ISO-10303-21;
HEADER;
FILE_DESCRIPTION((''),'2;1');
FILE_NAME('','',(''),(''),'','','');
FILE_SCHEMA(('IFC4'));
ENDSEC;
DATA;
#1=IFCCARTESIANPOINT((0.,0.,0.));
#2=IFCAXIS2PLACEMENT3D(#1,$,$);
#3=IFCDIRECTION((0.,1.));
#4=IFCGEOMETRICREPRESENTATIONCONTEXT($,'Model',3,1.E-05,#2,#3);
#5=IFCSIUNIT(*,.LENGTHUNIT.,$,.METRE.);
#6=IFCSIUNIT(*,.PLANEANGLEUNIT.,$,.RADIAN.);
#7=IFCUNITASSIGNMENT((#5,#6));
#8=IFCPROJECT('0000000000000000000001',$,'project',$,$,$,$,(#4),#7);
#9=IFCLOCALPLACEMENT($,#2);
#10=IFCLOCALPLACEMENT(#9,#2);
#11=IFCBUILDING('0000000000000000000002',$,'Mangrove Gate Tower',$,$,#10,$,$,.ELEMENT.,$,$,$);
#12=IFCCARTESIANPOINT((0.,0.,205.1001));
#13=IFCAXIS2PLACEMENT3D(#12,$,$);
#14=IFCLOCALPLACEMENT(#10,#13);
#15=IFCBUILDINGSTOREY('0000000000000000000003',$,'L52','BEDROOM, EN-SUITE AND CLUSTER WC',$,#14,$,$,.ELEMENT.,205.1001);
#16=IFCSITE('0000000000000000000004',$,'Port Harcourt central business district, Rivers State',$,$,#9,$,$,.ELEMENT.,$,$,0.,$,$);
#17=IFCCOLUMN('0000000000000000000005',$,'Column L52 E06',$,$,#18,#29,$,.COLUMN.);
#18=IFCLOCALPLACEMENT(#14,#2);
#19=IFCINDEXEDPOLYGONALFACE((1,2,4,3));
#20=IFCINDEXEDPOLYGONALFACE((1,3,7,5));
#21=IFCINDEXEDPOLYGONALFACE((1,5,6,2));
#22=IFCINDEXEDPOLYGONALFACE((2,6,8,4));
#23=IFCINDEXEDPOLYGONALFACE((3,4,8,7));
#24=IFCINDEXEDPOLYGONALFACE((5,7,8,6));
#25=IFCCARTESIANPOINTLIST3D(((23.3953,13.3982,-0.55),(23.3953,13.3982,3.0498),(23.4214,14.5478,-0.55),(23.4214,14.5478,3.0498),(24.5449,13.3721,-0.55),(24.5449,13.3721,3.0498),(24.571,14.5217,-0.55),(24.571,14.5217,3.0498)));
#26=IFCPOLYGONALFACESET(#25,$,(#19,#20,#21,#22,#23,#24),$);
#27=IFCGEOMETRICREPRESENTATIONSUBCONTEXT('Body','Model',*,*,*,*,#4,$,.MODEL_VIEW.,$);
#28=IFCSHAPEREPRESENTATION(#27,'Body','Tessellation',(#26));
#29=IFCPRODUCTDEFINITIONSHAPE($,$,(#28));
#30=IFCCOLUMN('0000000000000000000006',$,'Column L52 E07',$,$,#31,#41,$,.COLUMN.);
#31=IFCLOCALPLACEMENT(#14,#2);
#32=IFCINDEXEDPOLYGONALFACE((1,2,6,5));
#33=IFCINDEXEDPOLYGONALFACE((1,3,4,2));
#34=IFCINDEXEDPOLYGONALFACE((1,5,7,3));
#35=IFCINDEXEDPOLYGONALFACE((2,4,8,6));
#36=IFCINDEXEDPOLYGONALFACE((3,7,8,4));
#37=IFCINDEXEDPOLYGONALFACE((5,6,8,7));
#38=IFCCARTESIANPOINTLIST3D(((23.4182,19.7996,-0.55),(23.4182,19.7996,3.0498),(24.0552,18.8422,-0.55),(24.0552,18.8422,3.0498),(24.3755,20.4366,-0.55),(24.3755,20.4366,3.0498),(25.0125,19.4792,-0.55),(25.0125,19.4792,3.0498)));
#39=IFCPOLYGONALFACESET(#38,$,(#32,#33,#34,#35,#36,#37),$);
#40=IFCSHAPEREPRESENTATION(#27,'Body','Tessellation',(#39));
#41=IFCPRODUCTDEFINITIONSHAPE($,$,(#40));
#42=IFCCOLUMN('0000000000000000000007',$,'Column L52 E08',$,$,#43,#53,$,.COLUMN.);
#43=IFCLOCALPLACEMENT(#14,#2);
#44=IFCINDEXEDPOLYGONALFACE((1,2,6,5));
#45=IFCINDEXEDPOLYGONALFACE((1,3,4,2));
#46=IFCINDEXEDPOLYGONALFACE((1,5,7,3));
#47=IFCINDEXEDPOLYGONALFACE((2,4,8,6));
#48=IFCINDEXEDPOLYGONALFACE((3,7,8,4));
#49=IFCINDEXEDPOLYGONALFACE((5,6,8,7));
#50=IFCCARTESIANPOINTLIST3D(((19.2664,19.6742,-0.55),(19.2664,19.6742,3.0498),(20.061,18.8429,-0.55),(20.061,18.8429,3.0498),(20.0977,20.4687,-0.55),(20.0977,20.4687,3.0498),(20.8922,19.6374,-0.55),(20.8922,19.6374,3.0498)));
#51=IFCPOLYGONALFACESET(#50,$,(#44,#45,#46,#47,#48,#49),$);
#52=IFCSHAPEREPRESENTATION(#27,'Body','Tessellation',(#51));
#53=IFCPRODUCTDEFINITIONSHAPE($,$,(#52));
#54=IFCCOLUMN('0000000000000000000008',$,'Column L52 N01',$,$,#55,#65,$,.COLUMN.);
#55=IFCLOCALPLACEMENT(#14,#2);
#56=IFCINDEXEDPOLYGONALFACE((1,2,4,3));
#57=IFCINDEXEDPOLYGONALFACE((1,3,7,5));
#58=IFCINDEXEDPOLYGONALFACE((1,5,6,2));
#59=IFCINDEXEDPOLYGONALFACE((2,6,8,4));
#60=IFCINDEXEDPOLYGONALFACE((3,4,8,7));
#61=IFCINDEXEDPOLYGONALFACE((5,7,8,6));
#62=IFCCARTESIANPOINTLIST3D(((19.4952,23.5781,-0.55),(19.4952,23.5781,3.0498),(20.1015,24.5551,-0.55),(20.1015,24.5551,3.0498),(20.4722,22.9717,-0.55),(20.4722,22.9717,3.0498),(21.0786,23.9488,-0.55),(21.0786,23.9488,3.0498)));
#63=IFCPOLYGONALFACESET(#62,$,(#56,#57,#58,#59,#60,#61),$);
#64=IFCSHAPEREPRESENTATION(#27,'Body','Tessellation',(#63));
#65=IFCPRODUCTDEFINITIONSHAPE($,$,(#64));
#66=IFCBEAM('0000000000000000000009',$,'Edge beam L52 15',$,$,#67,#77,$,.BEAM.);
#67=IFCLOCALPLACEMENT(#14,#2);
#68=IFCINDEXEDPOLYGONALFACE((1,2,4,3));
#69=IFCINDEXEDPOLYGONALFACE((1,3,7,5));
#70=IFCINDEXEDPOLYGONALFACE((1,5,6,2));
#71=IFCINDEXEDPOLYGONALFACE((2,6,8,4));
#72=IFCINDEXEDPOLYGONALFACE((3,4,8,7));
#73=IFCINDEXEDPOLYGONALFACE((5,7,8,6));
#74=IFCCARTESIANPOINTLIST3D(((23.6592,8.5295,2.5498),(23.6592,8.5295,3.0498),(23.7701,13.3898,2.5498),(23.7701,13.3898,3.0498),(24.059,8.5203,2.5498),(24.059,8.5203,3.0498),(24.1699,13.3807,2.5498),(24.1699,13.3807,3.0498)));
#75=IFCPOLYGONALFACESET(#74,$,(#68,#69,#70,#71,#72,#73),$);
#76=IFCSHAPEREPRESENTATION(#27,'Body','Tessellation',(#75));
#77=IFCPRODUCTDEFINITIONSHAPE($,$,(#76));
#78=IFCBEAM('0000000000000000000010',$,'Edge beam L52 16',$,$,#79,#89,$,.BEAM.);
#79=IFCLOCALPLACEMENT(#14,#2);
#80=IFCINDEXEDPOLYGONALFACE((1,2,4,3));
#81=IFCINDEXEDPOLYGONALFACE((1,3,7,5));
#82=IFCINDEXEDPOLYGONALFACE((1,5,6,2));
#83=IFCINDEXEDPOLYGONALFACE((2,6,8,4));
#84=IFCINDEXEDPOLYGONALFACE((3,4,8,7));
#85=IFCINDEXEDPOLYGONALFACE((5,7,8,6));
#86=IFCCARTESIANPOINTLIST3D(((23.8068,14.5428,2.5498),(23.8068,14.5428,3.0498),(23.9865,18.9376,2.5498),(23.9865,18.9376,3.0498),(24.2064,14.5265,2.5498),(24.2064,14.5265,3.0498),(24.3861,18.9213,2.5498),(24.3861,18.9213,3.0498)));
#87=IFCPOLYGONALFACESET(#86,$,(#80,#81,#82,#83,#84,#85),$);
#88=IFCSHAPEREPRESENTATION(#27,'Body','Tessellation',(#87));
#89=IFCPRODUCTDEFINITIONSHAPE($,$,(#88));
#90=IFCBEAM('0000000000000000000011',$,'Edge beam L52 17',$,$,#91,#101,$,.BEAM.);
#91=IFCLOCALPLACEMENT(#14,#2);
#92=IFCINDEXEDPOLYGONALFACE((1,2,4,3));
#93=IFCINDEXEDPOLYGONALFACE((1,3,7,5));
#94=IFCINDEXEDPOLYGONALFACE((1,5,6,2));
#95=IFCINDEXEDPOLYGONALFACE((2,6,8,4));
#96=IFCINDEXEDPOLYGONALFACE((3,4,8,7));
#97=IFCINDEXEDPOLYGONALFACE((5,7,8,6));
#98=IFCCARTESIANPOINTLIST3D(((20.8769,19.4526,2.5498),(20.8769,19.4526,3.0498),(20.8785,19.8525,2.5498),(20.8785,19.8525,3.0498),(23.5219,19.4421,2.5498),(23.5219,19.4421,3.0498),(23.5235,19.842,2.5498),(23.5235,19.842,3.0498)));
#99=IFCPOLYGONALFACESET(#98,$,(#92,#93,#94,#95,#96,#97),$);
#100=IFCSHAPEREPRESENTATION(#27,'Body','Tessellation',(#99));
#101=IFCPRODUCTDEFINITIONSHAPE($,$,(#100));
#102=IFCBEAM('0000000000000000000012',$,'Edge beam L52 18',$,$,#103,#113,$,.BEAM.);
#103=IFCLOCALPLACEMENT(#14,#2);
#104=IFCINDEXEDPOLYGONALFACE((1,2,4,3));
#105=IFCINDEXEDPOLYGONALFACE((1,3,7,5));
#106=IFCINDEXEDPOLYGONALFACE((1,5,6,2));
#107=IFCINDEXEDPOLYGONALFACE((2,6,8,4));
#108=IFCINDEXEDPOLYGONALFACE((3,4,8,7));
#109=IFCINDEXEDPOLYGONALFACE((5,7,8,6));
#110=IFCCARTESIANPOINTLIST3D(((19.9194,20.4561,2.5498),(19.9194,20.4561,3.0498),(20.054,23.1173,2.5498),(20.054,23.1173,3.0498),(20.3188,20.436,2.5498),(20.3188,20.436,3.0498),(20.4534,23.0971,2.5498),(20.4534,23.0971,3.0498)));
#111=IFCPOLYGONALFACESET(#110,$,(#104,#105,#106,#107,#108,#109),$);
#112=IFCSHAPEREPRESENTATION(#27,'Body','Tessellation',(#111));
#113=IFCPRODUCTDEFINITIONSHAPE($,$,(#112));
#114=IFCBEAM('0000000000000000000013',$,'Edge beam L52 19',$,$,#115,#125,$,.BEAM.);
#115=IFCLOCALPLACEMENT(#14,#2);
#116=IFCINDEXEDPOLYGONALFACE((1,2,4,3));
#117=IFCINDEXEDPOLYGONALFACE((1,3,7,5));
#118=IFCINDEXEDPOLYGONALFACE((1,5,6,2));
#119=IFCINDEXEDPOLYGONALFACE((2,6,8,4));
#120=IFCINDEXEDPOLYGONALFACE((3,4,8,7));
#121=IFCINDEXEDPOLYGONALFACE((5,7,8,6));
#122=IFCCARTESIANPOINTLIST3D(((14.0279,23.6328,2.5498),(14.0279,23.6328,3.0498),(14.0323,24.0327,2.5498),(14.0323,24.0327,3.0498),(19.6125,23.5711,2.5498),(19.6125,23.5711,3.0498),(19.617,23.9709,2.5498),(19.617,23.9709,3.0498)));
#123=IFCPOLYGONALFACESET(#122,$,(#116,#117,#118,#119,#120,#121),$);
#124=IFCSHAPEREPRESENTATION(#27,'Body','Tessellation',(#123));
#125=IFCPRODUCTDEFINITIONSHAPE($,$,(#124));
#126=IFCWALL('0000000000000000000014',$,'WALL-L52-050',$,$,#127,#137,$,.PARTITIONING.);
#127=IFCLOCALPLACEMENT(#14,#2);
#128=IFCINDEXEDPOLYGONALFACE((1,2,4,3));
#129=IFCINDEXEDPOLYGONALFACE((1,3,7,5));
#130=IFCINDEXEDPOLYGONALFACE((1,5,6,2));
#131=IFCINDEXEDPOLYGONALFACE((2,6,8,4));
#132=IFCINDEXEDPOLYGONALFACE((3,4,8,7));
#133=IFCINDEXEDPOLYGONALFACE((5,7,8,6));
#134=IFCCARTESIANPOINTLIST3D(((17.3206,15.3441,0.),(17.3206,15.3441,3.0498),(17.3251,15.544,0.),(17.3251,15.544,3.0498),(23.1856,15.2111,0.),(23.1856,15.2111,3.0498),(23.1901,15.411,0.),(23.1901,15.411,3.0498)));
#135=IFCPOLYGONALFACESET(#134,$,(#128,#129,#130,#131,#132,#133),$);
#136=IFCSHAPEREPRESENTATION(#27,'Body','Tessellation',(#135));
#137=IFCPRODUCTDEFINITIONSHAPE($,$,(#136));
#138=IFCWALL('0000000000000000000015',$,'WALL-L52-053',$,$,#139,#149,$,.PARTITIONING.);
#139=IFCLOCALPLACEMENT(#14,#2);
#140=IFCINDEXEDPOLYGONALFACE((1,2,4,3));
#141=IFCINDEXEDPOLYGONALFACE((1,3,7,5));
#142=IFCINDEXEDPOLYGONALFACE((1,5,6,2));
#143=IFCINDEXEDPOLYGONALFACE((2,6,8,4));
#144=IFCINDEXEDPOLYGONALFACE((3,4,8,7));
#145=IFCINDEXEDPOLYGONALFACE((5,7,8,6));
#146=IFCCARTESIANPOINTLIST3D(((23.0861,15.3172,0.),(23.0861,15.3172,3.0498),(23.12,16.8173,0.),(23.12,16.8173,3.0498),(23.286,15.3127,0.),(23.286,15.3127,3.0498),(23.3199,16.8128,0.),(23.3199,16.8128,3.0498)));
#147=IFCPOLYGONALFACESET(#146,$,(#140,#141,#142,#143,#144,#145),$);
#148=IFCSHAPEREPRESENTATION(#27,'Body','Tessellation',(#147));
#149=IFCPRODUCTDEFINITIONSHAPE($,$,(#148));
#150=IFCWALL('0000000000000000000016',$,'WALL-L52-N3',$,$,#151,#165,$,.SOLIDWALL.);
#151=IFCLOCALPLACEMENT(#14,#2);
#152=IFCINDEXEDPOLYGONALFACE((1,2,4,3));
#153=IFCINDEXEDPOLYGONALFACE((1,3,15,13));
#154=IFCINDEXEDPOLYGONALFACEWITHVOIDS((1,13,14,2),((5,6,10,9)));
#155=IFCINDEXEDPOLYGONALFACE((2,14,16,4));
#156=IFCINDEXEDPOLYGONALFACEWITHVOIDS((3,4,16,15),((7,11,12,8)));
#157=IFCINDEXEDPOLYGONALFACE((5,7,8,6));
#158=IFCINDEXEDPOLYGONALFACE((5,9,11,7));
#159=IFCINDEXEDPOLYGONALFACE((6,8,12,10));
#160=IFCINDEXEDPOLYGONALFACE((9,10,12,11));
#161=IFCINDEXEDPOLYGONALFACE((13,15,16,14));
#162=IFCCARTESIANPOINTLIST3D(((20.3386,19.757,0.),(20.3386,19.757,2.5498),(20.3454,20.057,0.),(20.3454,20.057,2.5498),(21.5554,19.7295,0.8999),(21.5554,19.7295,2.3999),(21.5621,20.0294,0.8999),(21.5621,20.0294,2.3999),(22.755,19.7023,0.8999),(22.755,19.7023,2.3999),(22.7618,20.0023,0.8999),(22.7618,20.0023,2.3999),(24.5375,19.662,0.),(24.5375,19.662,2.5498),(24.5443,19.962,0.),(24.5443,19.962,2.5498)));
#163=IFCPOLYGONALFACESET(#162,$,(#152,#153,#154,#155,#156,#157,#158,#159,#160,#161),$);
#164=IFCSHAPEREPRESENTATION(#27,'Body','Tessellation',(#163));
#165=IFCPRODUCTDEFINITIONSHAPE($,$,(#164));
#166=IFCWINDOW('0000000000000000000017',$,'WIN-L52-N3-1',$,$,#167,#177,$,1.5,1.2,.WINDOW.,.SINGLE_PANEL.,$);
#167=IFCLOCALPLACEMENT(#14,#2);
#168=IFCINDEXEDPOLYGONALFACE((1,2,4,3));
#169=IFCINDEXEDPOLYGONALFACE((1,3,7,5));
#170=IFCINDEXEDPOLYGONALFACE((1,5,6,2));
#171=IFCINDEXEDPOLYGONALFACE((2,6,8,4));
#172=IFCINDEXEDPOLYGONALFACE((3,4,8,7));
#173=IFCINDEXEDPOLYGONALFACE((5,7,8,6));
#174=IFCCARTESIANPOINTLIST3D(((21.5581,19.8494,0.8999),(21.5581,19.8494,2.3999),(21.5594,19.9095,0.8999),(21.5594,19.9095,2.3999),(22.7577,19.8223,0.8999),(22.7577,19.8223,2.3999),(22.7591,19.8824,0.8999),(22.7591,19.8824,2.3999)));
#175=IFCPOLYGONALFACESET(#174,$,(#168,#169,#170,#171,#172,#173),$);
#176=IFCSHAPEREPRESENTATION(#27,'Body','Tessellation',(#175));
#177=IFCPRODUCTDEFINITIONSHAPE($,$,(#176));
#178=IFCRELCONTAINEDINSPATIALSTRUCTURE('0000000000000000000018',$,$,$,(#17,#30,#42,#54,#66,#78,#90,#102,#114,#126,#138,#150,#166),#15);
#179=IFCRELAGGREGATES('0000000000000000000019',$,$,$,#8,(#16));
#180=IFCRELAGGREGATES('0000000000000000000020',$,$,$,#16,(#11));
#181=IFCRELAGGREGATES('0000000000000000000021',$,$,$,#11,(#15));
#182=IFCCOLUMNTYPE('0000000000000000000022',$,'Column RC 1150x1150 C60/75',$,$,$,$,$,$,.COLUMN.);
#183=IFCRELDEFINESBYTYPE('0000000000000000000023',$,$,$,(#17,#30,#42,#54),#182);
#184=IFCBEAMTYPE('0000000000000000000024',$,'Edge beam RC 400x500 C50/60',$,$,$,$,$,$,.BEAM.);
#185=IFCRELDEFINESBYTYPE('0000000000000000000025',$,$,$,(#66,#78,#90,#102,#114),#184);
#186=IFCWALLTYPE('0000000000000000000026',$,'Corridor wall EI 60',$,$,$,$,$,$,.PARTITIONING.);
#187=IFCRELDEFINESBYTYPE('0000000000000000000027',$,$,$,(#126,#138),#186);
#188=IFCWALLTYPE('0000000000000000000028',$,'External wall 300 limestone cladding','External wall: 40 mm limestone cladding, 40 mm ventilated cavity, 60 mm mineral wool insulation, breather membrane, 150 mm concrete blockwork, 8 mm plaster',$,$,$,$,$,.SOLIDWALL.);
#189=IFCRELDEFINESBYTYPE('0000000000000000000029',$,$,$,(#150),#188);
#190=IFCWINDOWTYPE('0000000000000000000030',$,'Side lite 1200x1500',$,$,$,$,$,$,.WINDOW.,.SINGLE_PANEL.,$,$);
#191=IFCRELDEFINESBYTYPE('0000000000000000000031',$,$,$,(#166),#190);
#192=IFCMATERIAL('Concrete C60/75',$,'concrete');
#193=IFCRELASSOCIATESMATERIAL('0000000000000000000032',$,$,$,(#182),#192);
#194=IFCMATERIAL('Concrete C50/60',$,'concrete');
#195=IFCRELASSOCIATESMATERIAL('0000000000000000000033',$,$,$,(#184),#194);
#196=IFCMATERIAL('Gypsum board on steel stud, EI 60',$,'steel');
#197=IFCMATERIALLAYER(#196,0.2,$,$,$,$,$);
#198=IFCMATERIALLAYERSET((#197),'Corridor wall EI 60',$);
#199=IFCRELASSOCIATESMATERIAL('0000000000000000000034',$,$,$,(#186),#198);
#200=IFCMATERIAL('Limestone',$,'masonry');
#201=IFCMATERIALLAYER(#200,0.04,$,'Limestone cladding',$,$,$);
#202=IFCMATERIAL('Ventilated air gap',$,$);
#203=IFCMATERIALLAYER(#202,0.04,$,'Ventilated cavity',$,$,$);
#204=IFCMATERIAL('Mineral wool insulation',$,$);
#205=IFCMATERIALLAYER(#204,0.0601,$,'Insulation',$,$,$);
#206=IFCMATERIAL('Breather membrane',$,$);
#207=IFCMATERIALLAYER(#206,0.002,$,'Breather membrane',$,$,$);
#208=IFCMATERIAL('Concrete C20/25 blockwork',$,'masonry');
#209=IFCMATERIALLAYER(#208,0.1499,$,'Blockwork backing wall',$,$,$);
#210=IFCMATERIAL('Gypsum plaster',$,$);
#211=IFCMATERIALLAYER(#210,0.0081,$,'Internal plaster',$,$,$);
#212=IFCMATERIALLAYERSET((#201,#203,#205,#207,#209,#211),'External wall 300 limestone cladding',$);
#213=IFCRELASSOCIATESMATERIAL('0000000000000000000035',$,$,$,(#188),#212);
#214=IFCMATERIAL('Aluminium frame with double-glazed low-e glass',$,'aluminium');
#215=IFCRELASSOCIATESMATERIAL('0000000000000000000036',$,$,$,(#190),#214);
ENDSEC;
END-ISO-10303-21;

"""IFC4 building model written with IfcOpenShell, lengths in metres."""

from ifc_helpers import new_model, si_unit, direction, frame, frame_2d, origin, origin_2d, place, context, subcontext, project, spatial, rectangle, extrude, material, layer, layer_set, material_profile, profile_set, type_object, element, fill, save


model = new_model("IFC4")

# Units and contexts
model_context = context("Model", 3, precision=1e-05, world=origin(), true_north=direction((0.0, 1.0)))
body_context = subcontext(model_context, "Body", "Model", "MODEL_VIEW")
ifc_project = project(units=[si_unit("LENGTHUNIT", "METRE"), si_unit("PLANEANGLEUNIT", "RADIAN")], contexts=[model_context])

# Site, building, storey
site_placement = place(None, origin())
site = spatial("IfcSite", under=ifc_project, at=site_placement, Name="Port Harcourt central business district, Rivers State", CompositionType="ELEMENT", RefElevation=0.0)
building_placement = place(site_placement, origin())
building = spatial("IfcBuilding", under=site, at=building_placement, Name="Mangrove Gate Tower", CompositionType="ELEMENT")
storey_placement = place(building_placement, frame((0.0, 0.0, 205.1001)))
storey = spatial("IfcBuildingStorey", under=building, at=storey_placement, Name="L52", Description="BEDROOM, EN-SUITE AND CLUSTER WC", CompositionType="ELEMENT", Elevation=205.1001)

# Columns
ifc_material_1 = material(Name="Concrete C60/75", Category="concrete")
ifc_material_profile_1 = material_profile(ifc_material_1, rectangle(XDim=1.1499, YDim=1.1499, at=origin_2d()))
ifc_profile_set_1 = profile_set([ifc_material_profile_1], Name="Concrete C60/75")
column_type = type_object("IfcColumnType", Name="Column RC 1150x1150 C60/75", PredefinedType="COLUMN", material=ifc_profile_set_1)
for number, where, z_axis, x_axis, name in (
    (1, (23.9832, 13.96, -0.55), (0.0, 0.0, 1.0), (0.022704, 0.999742, 0.0), "Column L52 E06"),
    (2, (24.2153, 19.6394, -0.55), (0.0, 0.0, 1.0), (-0.553976, 0.832532, 0.0), "Column L52 E07"),
    (3, (20.0793, 19.6558, -0.55), (0.0, 0.0, 1.0), (-0.690932, 0.72292, 0.0), "Column L52 E08"),
    (4, (20.2869, 23.7634, -0.55), (0.0, 0.0, 1.0), (-0.849672, 0.527312, 0.0), "Column L52 N01"),
):
    element("IfcColumn", number, at=place(storey_placement, frame(where, z_axis=z_axis, x_axis=x_axis)), inside=storey, type_object=column_type, Name=name, PredefinedType="COLUMN", context=body_context, shape_type="SweptSolid", body=[
        extrude(rectangle(XDim=1.1499, YDim=1.1499, at=origin_2d()), origin(), (0.0, 0.0, 1.0), 3.5999),
    ])

# Beams
ifc_material_2 = material(Name="Concrete C50/60", Category="concrete")
ifc_material_profile_2 = material_profile(ifc_material_2, rectangle(XDim=0.3999, YDim=0.5, at=origin_2d()))
ifc_profile_set_2 = profile_set([ifc_material_profile_2], Name="Concrete C50/60")
beam_type = type_object("IfcBeamType", Name="Edge beam RC 400x500 C50/60", PredefinedType="BEAM", material=ifc_profile_set_2)
beam_1_placement = place(storey_placement, frame((23.8591, 8.5249, 2.7998), z_axis=(0.022799, 0.99974, 0.0), x_axis=(-0.99974, 0.022799, 0.0)))
element("IfcBeam", 5, at=beam_1_placement, inside=storey, type_object=beam_type, Name="Edge beam L52 15", PredefinedType="BEAM", context=body_context, shape_type="SweptSolid", body=[
    extrude(rectangle(XDim=0.3999, YDim=0.5, at=origin_2d()), origin(), (0.0, 0.0, 1.0), 4.8616),
])
beam_2_placement = place(storey_placement, frame((24.0066, 14.5347, 2.7998), z_axis=(0.040852, 0.999165, 0.0), x_axis=(-0.999165, 0.040852, 0.0)))
element("IfcBeam", 6, at=beam_2_placement, inside=storey, type_object=beam_type, Name="Edge beam L52 16", PredefinedType="BEAM", context=body_context, shape_type="SweptSolid", body=[
    extrude(rectangle(XDim=0.3999, YDim=0.5, at=origin_2d()), origin(), (0.0, 0.0, 1.0), 4.3984),
])
beam_3_placement = place(storey_placement, frame((23.5227, 19.6421, 2.7998), z_axis=(-0.999992, 0.003969, 0.0), x_axis=(-0.003969, -0.999992, 0.0)))
element("IfcBeam", 7, at=beam_3_placement, inside=storey, type_object=beam_type, Name="Edge beam L52 17", PredefinedType="BEAM", context=body_context, shape_type="SweptSolid", body=[
    extrude(rectangle(XDim=0.3999, YDim=0.5, at=origin_2d()), origin(), (0.0, 0.0, 1.0), 2.645),
])
beam_4_placement = place(storey_placement, frame((20.1191, 20.446, 2.7998), z_axis=(0.050486, 0.998725, 0.0), x_axis=(-0.998725, 0.050486, 0.0)))
element("IfcBeam", 8, at=beam_4_placement, inside=storey, type_object=beam_type, Name="Edge beam L52 18", PredefinedType="BEAM", context=body_context, shape_type="SweptSolid", body=[
    extrude(rectangle(XDim=0.3999, YDim=0.5, at=origin_2d()), origin(), (0.0, 0.0, 1.0), 2.6646),
])
beam_5_placement = place(storey_placement, frame((19.6147, 23.771, 2.7998), z_axis=(-0.999939, 0.011059, 0.0), x_axis=(-0.011059, -0.999939, 0.0)))
element("IfcBeam", 9, at=beam_5_placement, inside=storey, type_object=beam_type, Name="Edge beam L52 19", PredefinedType="BEAM", context=body_context, shape_type="SweptSolid", body=[
    extrude(rectangle(XDim=0.3999, YDim=0.5, at=origin_2d()), origin(), (0.0, 0.0, 1.0), 5.585),
])

# Walls
ifc_material_3 = material(Name="Gypsum board on steel stud, EI 60", Category="steel")
ifc_layer_1 = layer(ifc_material_3, 0.2)
ifc_layer_set_1 = layer_set([ifc_layer_1], Name="Corridor wall EI 60")
wall_type_1 = type_object("IfcWallType", Name="Corridor wall EI 60", PredefinedType="PARTITIONING", material=ifc_layer_set_1)
wall_1_placement = place(storey_placement, frame((17.323, 15.4441, 0.0), z_axis=(0.0, 0.0, 1.0), x_axis=(0.999743, -0.022681, 0.0)))
element("IfcWall", 10, at=wall_1_placement, inside=storey, type_object=wall_type_1, Name="WALL-L52-050", PredefinedType="PARTITIONING", context=body_context, shape_type="SweptSolid", body=[
    extrude(rectangle(XDim=5.8665, YDim=0.2, at=frame_2d((2.9331, 0.0))), origin(), (0.0, 0.0, 1.0), 3.0498),
])
wall_2_placement = place(storey_placement, frame((23.186, 15.3149, 0.0), z_axis=(0.0, 0.0, 1.0), x_axis=(0.022618, 0.999744, 0.0)))
element("IfcWall", 11, at=wall_2_placement, inside=storey, type_object=wall_type_1, Name="WALL-L52-053", PredefinedType="PARTITIONING", context=body_context, shape_type="SweptSolid", body=[
    extrude(rectangle(XDim=1.5005, YDim=0.2, at=frame_2d((0.7502, 0.0))), origin(), (0.0, 0.0, 1.0), 3.0498),
])

# Wall, opening, window
ifc_material_4 = material(Name="Limestone", Category="masonry")
ifc_layer_2 = layer(ifc_material_4, 0.04, Name="Limestone cladding")
ifc_material_5 = material(Name="Ventilated air gap")
ifc_layer_3 = layer(ifc_material_5, 0.04, Name="Ventilated cavity")
ifc_material_6 = material(Name="Mineral wool insulation")
ifc_layer_4 = layer(ifc_material_6, 0.0601, Name="Insulation")
ifc_material_7 = material(Name="Breather membrane")
ifc_layer_5 = layer(ifc_material_7, 0.002, Name="Breather membrane")
ifc_material_8 = material(Name="Concrete C20/25 blockwork", Category="masonry")
ifc_layer_6 = layer(ifc_material_8, 0.1499, Name="Blockwork backing wall")
ifc_material_9 = material(Name="Gypsum plaster")
ifc_layer_7 = layer(ifc_material_9, 0.0081, Name="Internal plaster")
ifc_layer_set_2 = layer_set([ifc_layer_2, ifc_layer_3, ifc_layer_4, ifc_layer_5, ifc_layer_6, ifc_layer_7], Name="External wall 300 limestone cladding")
wall_type_2 = type_object("IfcWallType", Name="External wall 300 limestone cladding", Description="External wall: 40 mm limestone cladding, 40 mm ventilated cavity, 60 mm mineral wool insulation, breather membrane, 150 mm concrete blockwork, 8 mm plaster", PredefinedType="SOLIDWALL", material=ifc_layer_set_2)
wall_3_placement = place(storey_placement, frame((24.541, 19.812, 0.0), z_axis=(0.0, 0.0, 1.0), x_axis=(-0.999744, 0.022612, 0.0)))
wall_3 = element("IfcWall", 12, at=wall_3_placement, inside=storey, type_object=wall_type_2, Name="WALL-L52-N3", PredefinedType="SOLIDWALL", context=body_context, shape_type="SweptSolid", body=[
    extrude(rectangle(XDim=4.2, YDim=0.3, at=frame_2d((2.1001, 0.0))), origin(), (0.0, 0.0, 1.0), 2.5498),
])
opening_1_placement = place(wall_3_placement, frame((1.783, 0.0, 0.8999)))
opening_1 = element("IfcOpeningElement", 13, at=opening_1_placement, cuts=wall_3, PredefinedType="OPENING", context=body_context, shape_type="SweptSolid", body=[
    extrude(rectangle(XDim=1.2, YDim=1.5, at=frame_2d((0.6001, 0.75))), frame((0.0, 0.1599, 0.0), z_axis=(0.0, -1.0, 0.0), x_axis=(1.0, 0.0, 0.0)), (0.0, 0.0, 1.0), 0.3201),
])
ifc_material_10 = material(Name="Aluminium frame with double-glazed low-e glass", Category="aluminium")
window_type_1 = type_object("IfcWindowType", Name="Side lite 1200x1500", PartitioningType="SINGLE_PANEL", PredefinedType="WINDOW", material=ifc_material_10)
window_1_placement = place(opening_1_placement, origin())
window_1 = element("IfcWindow", 14, at=window_1_placement, inside=storey, type_object=window_type_1, Name="WIN-L52-N3-1", OverallHeight=1.5, OverallWidth=1.2, PartitioningType="SINGLE_PANEL", PredefinedType="WINDOW", context=body_context, shape_type="SweptSolid", body=[
    extrude(rectangle(XDim=1.2, YDim=1.5, at=frame_2d((0.6001, 0.75))), frame((0.0, 0.03, 0.0), z_axis=(0.0, -1.0, 0.0), x_axis=(1.0, 0.0, 0.0)), (0.0, 0.0, 1.0), 0.0601),
])
fill(opening_1, window_1)

save(model, "model.ifc")
